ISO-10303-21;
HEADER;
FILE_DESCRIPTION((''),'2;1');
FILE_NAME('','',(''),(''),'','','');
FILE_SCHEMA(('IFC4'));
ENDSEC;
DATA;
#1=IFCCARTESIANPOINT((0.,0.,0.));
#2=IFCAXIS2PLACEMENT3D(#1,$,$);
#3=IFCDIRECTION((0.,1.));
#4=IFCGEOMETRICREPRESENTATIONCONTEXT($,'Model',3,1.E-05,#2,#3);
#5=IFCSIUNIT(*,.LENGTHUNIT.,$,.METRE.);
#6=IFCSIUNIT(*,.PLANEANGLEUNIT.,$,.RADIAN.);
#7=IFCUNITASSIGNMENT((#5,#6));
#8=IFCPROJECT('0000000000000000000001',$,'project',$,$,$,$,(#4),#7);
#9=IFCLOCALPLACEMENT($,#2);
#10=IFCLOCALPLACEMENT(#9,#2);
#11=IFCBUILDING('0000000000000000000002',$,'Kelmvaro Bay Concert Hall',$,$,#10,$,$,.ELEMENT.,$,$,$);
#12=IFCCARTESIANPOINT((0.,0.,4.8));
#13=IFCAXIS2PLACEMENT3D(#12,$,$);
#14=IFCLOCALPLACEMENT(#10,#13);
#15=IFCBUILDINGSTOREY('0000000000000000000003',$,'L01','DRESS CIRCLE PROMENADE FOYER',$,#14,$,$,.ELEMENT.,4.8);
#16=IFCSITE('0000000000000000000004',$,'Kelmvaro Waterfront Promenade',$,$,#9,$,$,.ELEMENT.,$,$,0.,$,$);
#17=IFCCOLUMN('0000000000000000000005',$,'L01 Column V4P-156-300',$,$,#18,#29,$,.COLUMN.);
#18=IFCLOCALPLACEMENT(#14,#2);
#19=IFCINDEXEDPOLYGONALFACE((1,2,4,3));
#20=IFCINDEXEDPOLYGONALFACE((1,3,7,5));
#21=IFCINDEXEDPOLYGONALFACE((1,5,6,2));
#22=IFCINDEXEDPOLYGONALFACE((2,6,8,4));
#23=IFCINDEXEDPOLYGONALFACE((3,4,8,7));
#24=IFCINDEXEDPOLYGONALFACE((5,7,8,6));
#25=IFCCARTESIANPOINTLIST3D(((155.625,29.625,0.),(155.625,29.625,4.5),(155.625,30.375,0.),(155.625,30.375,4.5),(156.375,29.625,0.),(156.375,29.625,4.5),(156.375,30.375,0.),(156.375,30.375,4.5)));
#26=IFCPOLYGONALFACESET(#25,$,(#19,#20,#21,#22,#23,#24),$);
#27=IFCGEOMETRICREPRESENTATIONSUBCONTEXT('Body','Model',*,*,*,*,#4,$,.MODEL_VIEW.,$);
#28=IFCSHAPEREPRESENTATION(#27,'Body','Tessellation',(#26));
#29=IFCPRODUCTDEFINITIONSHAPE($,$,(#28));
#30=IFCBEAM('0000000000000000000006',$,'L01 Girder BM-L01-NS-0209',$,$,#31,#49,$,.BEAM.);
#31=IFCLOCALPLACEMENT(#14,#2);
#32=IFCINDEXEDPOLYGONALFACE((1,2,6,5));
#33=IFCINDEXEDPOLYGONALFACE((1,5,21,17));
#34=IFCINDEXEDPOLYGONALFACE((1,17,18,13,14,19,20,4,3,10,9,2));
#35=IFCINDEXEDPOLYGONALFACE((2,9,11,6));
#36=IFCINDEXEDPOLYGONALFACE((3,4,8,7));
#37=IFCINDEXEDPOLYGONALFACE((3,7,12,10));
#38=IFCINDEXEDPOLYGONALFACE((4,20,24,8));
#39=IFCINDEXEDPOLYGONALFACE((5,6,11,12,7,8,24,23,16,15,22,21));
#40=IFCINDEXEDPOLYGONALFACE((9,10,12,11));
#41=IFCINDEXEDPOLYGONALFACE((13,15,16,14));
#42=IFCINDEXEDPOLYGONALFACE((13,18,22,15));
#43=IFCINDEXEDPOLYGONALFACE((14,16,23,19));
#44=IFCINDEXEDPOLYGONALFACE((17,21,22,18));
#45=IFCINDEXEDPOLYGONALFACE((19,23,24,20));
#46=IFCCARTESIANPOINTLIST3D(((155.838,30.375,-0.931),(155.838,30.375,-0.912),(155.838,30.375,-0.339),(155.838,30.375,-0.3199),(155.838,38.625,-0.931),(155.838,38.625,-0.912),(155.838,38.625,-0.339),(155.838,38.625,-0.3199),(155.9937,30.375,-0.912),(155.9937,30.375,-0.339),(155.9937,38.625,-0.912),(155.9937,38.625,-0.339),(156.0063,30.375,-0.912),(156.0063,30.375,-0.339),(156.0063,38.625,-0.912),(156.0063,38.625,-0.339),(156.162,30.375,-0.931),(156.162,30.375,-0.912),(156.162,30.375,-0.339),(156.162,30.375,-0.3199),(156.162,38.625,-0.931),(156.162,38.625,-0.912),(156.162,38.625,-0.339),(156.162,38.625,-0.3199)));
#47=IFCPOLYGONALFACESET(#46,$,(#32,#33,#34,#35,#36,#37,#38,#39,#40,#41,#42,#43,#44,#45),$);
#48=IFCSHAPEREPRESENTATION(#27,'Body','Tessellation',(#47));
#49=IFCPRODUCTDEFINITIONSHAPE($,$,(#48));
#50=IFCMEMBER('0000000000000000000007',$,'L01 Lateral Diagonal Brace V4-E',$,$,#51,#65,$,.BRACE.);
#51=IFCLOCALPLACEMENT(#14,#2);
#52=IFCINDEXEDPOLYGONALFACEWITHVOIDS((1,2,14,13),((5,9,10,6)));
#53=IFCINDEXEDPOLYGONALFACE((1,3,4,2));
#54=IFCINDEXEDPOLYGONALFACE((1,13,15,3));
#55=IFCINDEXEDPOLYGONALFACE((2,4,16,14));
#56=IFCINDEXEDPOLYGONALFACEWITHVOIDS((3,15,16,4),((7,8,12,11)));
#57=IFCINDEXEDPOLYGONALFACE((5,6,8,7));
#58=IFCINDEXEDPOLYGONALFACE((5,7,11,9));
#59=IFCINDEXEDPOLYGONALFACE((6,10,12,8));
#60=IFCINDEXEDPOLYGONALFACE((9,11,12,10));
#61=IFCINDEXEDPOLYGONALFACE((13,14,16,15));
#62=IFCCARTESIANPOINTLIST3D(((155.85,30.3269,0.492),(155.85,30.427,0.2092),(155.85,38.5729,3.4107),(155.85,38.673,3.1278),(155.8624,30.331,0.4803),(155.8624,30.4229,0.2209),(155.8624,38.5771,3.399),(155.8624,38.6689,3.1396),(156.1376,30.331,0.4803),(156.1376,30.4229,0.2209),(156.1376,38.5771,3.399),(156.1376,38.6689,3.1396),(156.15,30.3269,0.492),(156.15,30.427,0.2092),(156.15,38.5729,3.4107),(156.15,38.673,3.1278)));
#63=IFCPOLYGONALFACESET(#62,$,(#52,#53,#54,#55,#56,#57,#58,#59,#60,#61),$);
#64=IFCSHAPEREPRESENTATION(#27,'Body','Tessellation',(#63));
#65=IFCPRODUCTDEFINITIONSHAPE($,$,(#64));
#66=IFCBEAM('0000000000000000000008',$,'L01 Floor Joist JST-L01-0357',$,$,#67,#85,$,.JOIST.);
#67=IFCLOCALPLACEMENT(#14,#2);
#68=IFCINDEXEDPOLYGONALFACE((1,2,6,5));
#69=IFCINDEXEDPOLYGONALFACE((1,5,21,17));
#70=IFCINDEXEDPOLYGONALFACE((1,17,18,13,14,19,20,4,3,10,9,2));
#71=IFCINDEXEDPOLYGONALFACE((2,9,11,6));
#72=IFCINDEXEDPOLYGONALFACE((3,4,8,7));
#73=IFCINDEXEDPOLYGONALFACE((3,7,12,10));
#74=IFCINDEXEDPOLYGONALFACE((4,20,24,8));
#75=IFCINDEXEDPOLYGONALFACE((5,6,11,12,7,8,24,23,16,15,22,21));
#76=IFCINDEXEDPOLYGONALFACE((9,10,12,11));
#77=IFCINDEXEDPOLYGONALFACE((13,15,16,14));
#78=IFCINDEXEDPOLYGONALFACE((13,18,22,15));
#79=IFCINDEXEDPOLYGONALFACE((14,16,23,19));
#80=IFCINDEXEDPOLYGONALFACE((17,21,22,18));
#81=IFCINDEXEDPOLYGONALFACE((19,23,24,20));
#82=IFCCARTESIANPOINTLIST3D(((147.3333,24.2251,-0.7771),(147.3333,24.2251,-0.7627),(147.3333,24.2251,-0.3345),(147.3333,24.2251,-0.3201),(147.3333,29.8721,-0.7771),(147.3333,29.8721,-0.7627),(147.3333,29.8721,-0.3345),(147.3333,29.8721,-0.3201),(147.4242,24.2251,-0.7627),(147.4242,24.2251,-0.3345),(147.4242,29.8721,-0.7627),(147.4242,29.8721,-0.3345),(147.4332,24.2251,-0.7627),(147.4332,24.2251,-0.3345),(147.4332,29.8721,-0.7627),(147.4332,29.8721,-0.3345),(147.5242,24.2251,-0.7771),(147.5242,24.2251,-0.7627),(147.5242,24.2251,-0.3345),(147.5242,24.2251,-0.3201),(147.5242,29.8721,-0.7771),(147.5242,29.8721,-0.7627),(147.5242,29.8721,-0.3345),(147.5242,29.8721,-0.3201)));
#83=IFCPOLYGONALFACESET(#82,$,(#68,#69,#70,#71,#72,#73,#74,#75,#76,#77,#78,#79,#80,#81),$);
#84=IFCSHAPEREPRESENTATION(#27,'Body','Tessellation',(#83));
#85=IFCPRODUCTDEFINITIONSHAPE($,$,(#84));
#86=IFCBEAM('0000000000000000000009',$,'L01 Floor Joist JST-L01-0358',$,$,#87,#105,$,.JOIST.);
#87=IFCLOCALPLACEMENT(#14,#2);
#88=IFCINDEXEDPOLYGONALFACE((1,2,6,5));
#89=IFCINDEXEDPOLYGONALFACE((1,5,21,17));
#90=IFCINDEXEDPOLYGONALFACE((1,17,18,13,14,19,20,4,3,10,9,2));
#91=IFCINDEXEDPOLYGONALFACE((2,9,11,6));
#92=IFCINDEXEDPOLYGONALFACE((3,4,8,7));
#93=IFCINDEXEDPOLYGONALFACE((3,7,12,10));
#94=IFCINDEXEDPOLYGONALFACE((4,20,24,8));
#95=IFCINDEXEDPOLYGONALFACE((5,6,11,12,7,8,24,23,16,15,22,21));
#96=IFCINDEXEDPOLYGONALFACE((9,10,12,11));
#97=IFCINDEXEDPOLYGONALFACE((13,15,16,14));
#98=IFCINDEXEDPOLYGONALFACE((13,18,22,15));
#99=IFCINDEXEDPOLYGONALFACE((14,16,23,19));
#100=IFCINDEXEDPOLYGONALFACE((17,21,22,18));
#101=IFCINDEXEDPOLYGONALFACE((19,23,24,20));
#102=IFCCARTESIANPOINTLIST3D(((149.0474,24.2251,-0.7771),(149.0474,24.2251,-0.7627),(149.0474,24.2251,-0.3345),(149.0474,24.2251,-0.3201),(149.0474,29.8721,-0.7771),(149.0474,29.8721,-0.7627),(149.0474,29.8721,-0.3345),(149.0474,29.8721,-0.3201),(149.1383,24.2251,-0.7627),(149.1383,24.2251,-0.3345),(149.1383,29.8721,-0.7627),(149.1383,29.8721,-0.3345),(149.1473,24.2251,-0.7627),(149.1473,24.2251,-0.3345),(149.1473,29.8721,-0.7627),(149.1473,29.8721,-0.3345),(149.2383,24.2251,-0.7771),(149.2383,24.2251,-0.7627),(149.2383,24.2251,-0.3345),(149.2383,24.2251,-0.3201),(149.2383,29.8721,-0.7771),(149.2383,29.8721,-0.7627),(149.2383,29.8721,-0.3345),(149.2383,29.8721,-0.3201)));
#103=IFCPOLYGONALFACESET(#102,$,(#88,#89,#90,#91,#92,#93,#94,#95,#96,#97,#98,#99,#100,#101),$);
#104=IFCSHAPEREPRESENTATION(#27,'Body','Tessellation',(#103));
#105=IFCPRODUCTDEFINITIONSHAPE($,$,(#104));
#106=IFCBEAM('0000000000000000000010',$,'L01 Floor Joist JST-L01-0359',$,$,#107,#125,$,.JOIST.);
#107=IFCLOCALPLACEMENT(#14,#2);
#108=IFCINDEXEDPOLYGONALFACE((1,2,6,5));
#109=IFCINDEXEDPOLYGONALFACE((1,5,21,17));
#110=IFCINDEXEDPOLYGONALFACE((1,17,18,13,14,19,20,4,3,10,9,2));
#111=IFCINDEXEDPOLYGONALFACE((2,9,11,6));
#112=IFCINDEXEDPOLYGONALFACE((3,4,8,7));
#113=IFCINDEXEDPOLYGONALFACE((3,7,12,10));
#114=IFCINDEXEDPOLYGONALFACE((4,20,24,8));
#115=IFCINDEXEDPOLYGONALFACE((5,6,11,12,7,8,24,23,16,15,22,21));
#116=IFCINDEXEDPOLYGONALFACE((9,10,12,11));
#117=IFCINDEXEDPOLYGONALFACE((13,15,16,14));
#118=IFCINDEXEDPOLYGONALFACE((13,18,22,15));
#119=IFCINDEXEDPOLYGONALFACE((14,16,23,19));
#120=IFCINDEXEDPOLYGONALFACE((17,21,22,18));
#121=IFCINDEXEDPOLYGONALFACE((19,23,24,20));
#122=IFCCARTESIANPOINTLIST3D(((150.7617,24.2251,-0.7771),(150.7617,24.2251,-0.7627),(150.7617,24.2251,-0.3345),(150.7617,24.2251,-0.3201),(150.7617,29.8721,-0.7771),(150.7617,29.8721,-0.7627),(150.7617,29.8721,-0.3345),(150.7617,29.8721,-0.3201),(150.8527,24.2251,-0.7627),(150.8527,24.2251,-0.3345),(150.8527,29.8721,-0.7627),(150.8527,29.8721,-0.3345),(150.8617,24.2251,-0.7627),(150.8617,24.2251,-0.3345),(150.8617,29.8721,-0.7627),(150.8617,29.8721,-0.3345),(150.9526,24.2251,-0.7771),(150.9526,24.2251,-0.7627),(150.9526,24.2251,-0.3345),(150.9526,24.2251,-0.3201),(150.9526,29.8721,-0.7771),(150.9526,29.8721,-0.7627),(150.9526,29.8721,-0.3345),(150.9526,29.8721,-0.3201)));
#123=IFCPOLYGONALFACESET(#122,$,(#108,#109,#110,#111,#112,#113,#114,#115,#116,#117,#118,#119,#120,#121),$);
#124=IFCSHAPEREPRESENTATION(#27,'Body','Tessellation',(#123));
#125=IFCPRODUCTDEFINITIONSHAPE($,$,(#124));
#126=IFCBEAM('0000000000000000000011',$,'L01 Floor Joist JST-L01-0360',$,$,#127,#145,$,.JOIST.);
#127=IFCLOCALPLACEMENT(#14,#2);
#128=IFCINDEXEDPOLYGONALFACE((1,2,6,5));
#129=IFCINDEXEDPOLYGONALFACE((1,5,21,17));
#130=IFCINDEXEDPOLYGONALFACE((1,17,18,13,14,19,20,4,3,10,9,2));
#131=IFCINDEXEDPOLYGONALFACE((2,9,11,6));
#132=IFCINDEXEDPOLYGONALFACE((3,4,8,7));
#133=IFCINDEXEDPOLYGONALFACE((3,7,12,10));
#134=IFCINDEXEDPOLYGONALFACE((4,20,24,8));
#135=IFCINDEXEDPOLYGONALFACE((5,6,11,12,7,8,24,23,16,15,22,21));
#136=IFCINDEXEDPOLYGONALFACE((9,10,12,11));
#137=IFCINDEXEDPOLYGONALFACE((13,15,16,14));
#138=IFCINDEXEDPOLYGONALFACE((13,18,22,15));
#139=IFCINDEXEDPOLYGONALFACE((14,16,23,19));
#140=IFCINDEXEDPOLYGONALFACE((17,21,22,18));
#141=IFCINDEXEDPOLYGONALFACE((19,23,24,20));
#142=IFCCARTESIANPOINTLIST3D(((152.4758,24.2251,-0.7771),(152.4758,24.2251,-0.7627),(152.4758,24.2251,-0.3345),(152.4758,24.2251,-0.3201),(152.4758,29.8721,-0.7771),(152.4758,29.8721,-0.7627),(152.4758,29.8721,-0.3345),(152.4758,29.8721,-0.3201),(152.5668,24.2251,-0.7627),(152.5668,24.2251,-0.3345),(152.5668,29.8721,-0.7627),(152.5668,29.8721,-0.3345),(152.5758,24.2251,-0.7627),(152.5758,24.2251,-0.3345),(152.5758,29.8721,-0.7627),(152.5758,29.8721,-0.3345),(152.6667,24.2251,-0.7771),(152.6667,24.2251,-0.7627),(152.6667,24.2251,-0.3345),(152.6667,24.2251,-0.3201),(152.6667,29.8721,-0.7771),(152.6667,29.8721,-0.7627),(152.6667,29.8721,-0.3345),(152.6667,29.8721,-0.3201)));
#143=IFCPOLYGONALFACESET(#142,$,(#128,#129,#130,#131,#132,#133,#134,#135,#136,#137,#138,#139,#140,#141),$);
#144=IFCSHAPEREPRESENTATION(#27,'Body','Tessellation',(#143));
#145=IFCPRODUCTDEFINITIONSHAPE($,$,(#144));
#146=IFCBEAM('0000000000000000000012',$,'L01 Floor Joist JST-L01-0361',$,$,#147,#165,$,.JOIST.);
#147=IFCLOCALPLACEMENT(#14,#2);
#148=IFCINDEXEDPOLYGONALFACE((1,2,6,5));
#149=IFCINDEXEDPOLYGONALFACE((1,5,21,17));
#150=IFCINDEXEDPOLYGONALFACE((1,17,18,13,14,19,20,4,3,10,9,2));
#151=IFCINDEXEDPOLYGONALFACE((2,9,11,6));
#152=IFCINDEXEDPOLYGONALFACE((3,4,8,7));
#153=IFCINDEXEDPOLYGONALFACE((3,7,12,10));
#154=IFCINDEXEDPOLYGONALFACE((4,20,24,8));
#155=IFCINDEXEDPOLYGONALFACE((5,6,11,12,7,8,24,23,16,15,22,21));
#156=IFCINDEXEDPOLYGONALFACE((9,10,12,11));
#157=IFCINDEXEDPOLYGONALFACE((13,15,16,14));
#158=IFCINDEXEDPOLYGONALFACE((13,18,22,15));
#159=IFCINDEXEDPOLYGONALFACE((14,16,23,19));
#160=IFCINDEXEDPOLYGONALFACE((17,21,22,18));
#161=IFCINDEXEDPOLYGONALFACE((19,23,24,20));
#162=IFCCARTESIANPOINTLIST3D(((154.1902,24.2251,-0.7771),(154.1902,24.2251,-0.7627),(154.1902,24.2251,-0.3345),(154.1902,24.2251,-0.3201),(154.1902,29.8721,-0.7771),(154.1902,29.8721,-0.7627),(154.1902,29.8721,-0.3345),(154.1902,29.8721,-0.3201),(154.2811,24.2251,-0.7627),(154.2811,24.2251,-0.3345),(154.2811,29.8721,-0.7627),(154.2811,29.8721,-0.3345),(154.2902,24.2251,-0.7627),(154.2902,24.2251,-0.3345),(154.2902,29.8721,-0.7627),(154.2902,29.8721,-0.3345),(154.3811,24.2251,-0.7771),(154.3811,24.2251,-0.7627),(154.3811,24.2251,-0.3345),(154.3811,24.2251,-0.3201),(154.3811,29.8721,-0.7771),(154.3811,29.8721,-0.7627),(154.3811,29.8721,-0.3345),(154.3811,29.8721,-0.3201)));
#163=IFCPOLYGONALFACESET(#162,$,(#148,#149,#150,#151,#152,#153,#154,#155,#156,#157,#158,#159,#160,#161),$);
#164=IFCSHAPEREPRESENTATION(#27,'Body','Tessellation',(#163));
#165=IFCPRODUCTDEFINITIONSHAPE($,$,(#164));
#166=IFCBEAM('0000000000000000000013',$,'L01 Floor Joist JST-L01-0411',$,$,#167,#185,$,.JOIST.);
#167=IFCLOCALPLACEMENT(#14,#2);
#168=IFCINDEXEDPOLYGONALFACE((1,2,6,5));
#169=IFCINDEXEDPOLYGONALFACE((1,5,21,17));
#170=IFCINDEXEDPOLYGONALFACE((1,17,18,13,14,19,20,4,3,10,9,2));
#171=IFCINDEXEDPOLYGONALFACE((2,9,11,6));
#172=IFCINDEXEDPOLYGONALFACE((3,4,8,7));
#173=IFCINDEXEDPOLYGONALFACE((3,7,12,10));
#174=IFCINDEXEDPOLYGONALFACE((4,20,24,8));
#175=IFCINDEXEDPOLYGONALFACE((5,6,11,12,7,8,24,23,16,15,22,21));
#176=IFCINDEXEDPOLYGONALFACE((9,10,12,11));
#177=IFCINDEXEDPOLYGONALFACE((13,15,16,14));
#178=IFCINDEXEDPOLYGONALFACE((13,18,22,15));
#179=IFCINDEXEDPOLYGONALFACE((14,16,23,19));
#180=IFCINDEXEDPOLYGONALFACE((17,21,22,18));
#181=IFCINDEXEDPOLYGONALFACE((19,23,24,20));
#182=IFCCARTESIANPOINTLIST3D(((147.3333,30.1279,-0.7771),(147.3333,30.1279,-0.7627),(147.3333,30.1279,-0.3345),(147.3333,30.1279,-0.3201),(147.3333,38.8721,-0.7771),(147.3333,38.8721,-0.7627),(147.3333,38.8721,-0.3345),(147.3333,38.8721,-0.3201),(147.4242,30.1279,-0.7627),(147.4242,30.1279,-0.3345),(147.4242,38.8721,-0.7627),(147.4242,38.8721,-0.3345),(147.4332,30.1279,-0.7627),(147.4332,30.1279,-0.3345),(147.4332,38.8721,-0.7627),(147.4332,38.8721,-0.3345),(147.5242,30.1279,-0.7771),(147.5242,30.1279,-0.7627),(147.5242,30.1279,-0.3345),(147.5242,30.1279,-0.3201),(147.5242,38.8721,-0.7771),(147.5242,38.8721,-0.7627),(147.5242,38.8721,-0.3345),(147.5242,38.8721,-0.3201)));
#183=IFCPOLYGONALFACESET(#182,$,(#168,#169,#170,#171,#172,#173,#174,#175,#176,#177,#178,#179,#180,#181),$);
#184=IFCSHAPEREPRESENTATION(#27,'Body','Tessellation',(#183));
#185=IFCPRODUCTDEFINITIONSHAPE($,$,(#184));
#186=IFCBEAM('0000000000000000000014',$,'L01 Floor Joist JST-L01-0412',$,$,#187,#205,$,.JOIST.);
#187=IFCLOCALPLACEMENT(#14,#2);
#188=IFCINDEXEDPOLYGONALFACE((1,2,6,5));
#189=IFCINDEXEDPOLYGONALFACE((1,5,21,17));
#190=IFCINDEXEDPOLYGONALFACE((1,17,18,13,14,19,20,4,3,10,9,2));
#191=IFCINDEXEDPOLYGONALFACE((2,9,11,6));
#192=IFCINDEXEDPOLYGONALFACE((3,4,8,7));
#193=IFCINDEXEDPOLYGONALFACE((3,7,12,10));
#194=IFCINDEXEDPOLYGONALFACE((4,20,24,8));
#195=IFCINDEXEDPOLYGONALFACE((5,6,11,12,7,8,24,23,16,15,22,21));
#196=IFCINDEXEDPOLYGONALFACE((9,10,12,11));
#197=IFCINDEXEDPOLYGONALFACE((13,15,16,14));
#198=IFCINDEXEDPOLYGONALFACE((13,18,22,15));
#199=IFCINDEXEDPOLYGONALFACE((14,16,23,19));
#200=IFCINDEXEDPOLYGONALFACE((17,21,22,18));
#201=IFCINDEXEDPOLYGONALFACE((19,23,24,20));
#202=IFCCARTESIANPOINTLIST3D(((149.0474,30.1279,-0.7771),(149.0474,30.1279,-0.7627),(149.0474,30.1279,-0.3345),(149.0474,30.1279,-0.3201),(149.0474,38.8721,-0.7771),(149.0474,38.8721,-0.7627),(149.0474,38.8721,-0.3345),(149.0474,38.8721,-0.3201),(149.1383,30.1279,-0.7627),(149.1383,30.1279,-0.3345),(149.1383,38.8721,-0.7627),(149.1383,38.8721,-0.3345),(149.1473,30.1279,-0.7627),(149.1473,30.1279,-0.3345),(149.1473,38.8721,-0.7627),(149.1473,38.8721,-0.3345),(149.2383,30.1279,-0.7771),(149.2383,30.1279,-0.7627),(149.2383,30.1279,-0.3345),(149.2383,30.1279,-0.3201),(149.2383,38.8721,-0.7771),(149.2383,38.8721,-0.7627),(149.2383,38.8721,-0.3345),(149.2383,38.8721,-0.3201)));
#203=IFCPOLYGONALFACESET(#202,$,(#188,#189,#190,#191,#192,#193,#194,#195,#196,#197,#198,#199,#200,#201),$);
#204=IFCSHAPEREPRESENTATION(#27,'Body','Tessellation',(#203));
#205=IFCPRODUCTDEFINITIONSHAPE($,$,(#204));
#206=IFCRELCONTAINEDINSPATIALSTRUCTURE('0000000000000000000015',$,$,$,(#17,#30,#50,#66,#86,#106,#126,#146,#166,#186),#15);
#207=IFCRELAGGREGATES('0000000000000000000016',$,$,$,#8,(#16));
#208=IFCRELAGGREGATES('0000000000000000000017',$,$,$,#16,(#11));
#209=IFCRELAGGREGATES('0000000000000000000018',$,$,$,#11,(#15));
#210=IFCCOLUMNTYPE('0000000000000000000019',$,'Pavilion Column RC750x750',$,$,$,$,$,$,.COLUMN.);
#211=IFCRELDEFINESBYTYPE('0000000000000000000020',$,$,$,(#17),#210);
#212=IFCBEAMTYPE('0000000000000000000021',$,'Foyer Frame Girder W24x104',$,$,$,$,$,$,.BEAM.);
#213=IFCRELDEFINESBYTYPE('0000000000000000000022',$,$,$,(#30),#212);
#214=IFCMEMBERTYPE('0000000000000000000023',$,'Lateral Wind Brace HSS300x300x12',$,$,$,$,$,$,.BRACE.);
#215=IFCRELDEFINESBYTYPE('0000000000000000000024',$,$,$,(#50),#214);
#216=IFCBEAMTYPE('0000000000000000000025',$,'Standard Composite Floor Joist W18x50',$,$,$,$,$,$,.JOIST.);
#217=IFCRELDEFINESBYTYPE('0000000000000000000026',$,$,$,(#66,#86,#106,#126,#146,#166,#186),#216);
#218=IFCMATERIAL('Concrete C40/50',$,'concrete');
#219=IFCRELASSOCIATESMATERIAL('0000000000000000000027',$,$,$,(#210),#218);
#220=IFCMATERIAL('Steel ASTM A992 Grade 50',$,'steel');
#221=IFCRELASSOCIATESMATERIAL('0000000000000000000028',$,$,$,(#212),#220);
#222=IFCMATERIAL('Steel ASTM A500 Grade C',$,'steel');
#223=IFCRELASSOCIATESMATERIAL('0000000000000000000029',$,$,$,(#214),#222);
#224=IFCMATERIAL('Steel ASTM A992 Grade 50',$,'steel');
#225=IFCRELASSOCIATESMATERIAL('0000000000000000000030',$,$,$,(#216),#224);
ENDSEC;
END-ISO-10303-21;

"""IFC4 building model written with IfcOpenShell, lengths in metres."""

from ifc_helpers import new_model, si_unit, direction, frame, origin, origin_2d, place, context, subcontext, project, spatial, rectangle, hollow_rectangle, i_section, extrude, material, material_profile, profile_set, type_object, element, save


model = new_model("IFC4")

# Units and contexts
model_context = context("Model", 3, precision=1e-05, world=origin(), true_north=direction((0.0, 1.0)))
body_context = subcontext(model_context, "Body", "Model", "MODEL_VIEW")
ifc_project = project(units=[si_unit("LENGTHUNIT", "METRE"), si_unit("PLANEANGLEUNIT", "RADIAN")], contexts=[model_context])

# Site, building, storey
site_placement = place(None, origin())
site = spatial("IfcSite", under=ifc_project, at=site_placement, Name="Kelmvaro Waterfront Promenade", CompositionType="ELEMENT", RefElevation=0.0)
building_placement = place(site_placement, origin())
building = spatial("IfcBuilding", under=site, at=building_placement, Name="Kelmvaro Bay Concert Hall", CompositionType="ELEMENT")
storey_placement = place(building_placement, frame((0.0, 0.0, 4.8)))
storey = spatial("IfcBuildingStorey", under=building, at=storey_placement, Name="L01", Description="DRESS CIRCLE PROMENADE FOYER", CompositionType="ELEMENT", Elevation=4.8)

# Column
ifc_material_1 = material(Name="Concrete C40/50", Category="concrete")
ifc_material_profile_1 = material_profile(ifc_material_1, rectangle(XDim=0.75, YDim=0.75, at=origin_2d()), Name="RC-COL-750X750")
ifc_profile_set_1 = profile_set([ifc_material_profile_1], Name="Concrete C40/50")
column_type = type_object("IfcColumnType", Name="Pavilion Column RC750x750", PredefinedType="COLUMN", material=ifc_profile_set_1)
column_placement = place(storey_placement, frame((156.0, 30.0, 0.0), z_axis=(0.0, 0.0, 1.0), x_axis=(1.0, 0.0, 0.0)))
element("IfcColumn", 1, at=column_placement, inside=storey, type_object=column_type, Name="L01 Column V4P-156-300", PredefinedType="COLUMN", context=body_context, shape_type="SweptSolid", body=[
    extrude(rectangle(XDim=0.75, YDim=0.75, at=origin_2d()), origin(), (0.0, 0.0, 1.0), 4.5),
])

# Beam
ifc_material_2 = material(Name="Steel ASTM A992 Grade 50", Category="steel")
ifc_material_profile_2 = material_profile(ifc_material_2, i_section(OverallWidth=0.324, OverallDepth=0.6111, WebThickness=0.0127, FlangeThickness=0.019, at=origin_2d()), Name="W24X104")
ifc_profile_set_2 = profile_set([ifc_material_profile_2], Name="Steel ASTM A992 Grade 50")
beam_type_1 = type_object("IfcBeamType", Name="Foyer Frame Girder W24x104", PredefinedType="BEAM", material=ifc_profile_set_2)
beam_1_placement = place(storey_placement, frame((156.0, 30.375, -0.6255), z_axis=(0.0, 1.0, 0.0), x_axis=(-1.0, 0.0, 0.0)))
element("IfcBeam", 2, at=beam_1_placement, inside=storey, type_object=beam_type_1, Name="L01 Girder BM-L01-NS-0209", PredefinedType="BEAM", context=body_context, shape_type="SweptSolid", body=[
    extrude(i_section(OverallWidth=0.324, OverallDepth=0.6111, WebThickness=0.0127, FlangeThickness=0.019, at=origin_2d()), origin(), (0.0, 0.0, 1.0), 8.25),
])

# Member
ifc_material_3 = material(Name="Steel ASTM A500 Grade C", Category="steel")
ifc_material_profile_3 = material_profile(ifc_material_3, hollow_rectangle(XDim=0.3, YDim=0.3, WallThickness=0.0125, at=origin_2d()), Name="HSS300X300X12")
ifc_profile_set_3 = profile_set([ifc_material_profile_3], Name="Steel ASTM A500 Grade C")
member_type = type_object("IfcMemberType", Name="Lateral Wind Brace HSS300x300x12", PredefinedType="BRACE", material=ifc_profile_set_3)
member_placement = place(storey_placement, frame((156.0, 30.377, 0.3506), z_axis=(0.0, 0.942692, 0.333665), x_axis=(-1.0, 0.0, 0.0)))
element("IfcMember", 3, at=member_placement, inside=storey, type_object=member_type, Name="L01 Lateral Diagonal Brace V4-E", PredefinedType="BRACE", context=body_context, shape_type="SweptSolid", body=[
    extrude(hollow_rectangle(XDim=0.3, YDim=0.3, WallThickness=0.0125, at=origin_2d()), origin(), (0.0, 0.0, 1.0), 8.7473),
])

# Beams
ifc_material_4 = material(Name="Steel ASTM A992 Grade 50", Category="steel")
ifc_material_profile_4 = material_profile(ifc_material_4, i_section(OverallWidth=0.1909, OverallDepth=0.457, WebThickness=0.009, FlangeThickness=0.0144, at=origin_2d()), Name="W18X50")
ifc_profile_set_4 = profile_set([ifc_material_profile_4], Name="Steel ASTM A992 Grade 50")
beam_type_2 = type_object("IfcBeamType", Name="Standard Composite Floor Joist W18x50", PredefinedType="JOIST", material=ifc_profile_set_4)
for number, where, z_axis, x_axis, name in (
    (4, (147.4287, 24.2251, -0.5486), (0.0, 1.0, 0.0), (-1.0, 0.0, 0.0), "L01 Floor Joist JST-L01-0357"),
    (5, (149.1428, 24.2251, -0.5486), (0.0, 1.0, 0.0), (-1.0, 0.0, 0.0), "L01 Floor Joist JST-L01-0358"),
    (6, (150.8572, 24.2251, -0.5486), (0.0, 1.0, 0.0), (-1.0, 0.0, 0.0), "L01 Floor Joist JST-L01-0359"),
    (7, (152.5713, 24.2251, -0.5486), (0.0, 1.0, 0.0), (-1.0, 0.0, 0.0), "L01 Floor Joist JST-L01-0360"),
    (8, (154.2856, 24.2251, -0.5486), (0.0, 1.0, 0.0), (-1.0, 0.0, 0.0), "L01 Floor Joist JST-L01-0361"),
):
    element("IfcBeam", number, at=place(storey_placement, frame(where, z_axis=z_axis, x_axis=x_axis)), inside=storey, type_object=beam_type_2, Name=name, PredefinedType="JOIST", context=body_context, shape_type="SweptSolid", body=[
        extrude(i_section(OverallWidth=0.1909, OverallDepth=0.457, WebThickness=0.009, FlangeThickness=0.0144, at=origin_2d()), origin(), (0.0, 0.0, 1.0), 5.647),
    ])
for number, where, z_axis, x_axis, name in (
    (9, (147.4287, 30.1279, -0.5486), (0.0, 1.0, 0.0), (-1.0, 0.0, 0.0), "L01 Floor Joist JST-L01-0411"),
    (10, (149.1428, 30.1279, -0.5486), (0.0, 1.0, 0.0), (-1.0, 0.0, 0.0), "L01 Floor Joist JST-L01-0412"),
):
    element("IfcBeam", number, at=place(storey_placement, frame(where, z_axis=z_axis, x_axis=x_axis)), inside=storey, type_object=beam_type_2, Name=name, PredefinedType="JOIST", context=body_context, shape_type="SweptSolid", body=[
        extrude(i_section(OverallWidth=0.1909, OverallDepth=0.457, WebThickness=0.009, FlangeThickness=0.0144, at=origin_2d()), origin(), (0.0, 0.0, 1.0), 8.7441),
    ])

save(model, "model.ifc")
